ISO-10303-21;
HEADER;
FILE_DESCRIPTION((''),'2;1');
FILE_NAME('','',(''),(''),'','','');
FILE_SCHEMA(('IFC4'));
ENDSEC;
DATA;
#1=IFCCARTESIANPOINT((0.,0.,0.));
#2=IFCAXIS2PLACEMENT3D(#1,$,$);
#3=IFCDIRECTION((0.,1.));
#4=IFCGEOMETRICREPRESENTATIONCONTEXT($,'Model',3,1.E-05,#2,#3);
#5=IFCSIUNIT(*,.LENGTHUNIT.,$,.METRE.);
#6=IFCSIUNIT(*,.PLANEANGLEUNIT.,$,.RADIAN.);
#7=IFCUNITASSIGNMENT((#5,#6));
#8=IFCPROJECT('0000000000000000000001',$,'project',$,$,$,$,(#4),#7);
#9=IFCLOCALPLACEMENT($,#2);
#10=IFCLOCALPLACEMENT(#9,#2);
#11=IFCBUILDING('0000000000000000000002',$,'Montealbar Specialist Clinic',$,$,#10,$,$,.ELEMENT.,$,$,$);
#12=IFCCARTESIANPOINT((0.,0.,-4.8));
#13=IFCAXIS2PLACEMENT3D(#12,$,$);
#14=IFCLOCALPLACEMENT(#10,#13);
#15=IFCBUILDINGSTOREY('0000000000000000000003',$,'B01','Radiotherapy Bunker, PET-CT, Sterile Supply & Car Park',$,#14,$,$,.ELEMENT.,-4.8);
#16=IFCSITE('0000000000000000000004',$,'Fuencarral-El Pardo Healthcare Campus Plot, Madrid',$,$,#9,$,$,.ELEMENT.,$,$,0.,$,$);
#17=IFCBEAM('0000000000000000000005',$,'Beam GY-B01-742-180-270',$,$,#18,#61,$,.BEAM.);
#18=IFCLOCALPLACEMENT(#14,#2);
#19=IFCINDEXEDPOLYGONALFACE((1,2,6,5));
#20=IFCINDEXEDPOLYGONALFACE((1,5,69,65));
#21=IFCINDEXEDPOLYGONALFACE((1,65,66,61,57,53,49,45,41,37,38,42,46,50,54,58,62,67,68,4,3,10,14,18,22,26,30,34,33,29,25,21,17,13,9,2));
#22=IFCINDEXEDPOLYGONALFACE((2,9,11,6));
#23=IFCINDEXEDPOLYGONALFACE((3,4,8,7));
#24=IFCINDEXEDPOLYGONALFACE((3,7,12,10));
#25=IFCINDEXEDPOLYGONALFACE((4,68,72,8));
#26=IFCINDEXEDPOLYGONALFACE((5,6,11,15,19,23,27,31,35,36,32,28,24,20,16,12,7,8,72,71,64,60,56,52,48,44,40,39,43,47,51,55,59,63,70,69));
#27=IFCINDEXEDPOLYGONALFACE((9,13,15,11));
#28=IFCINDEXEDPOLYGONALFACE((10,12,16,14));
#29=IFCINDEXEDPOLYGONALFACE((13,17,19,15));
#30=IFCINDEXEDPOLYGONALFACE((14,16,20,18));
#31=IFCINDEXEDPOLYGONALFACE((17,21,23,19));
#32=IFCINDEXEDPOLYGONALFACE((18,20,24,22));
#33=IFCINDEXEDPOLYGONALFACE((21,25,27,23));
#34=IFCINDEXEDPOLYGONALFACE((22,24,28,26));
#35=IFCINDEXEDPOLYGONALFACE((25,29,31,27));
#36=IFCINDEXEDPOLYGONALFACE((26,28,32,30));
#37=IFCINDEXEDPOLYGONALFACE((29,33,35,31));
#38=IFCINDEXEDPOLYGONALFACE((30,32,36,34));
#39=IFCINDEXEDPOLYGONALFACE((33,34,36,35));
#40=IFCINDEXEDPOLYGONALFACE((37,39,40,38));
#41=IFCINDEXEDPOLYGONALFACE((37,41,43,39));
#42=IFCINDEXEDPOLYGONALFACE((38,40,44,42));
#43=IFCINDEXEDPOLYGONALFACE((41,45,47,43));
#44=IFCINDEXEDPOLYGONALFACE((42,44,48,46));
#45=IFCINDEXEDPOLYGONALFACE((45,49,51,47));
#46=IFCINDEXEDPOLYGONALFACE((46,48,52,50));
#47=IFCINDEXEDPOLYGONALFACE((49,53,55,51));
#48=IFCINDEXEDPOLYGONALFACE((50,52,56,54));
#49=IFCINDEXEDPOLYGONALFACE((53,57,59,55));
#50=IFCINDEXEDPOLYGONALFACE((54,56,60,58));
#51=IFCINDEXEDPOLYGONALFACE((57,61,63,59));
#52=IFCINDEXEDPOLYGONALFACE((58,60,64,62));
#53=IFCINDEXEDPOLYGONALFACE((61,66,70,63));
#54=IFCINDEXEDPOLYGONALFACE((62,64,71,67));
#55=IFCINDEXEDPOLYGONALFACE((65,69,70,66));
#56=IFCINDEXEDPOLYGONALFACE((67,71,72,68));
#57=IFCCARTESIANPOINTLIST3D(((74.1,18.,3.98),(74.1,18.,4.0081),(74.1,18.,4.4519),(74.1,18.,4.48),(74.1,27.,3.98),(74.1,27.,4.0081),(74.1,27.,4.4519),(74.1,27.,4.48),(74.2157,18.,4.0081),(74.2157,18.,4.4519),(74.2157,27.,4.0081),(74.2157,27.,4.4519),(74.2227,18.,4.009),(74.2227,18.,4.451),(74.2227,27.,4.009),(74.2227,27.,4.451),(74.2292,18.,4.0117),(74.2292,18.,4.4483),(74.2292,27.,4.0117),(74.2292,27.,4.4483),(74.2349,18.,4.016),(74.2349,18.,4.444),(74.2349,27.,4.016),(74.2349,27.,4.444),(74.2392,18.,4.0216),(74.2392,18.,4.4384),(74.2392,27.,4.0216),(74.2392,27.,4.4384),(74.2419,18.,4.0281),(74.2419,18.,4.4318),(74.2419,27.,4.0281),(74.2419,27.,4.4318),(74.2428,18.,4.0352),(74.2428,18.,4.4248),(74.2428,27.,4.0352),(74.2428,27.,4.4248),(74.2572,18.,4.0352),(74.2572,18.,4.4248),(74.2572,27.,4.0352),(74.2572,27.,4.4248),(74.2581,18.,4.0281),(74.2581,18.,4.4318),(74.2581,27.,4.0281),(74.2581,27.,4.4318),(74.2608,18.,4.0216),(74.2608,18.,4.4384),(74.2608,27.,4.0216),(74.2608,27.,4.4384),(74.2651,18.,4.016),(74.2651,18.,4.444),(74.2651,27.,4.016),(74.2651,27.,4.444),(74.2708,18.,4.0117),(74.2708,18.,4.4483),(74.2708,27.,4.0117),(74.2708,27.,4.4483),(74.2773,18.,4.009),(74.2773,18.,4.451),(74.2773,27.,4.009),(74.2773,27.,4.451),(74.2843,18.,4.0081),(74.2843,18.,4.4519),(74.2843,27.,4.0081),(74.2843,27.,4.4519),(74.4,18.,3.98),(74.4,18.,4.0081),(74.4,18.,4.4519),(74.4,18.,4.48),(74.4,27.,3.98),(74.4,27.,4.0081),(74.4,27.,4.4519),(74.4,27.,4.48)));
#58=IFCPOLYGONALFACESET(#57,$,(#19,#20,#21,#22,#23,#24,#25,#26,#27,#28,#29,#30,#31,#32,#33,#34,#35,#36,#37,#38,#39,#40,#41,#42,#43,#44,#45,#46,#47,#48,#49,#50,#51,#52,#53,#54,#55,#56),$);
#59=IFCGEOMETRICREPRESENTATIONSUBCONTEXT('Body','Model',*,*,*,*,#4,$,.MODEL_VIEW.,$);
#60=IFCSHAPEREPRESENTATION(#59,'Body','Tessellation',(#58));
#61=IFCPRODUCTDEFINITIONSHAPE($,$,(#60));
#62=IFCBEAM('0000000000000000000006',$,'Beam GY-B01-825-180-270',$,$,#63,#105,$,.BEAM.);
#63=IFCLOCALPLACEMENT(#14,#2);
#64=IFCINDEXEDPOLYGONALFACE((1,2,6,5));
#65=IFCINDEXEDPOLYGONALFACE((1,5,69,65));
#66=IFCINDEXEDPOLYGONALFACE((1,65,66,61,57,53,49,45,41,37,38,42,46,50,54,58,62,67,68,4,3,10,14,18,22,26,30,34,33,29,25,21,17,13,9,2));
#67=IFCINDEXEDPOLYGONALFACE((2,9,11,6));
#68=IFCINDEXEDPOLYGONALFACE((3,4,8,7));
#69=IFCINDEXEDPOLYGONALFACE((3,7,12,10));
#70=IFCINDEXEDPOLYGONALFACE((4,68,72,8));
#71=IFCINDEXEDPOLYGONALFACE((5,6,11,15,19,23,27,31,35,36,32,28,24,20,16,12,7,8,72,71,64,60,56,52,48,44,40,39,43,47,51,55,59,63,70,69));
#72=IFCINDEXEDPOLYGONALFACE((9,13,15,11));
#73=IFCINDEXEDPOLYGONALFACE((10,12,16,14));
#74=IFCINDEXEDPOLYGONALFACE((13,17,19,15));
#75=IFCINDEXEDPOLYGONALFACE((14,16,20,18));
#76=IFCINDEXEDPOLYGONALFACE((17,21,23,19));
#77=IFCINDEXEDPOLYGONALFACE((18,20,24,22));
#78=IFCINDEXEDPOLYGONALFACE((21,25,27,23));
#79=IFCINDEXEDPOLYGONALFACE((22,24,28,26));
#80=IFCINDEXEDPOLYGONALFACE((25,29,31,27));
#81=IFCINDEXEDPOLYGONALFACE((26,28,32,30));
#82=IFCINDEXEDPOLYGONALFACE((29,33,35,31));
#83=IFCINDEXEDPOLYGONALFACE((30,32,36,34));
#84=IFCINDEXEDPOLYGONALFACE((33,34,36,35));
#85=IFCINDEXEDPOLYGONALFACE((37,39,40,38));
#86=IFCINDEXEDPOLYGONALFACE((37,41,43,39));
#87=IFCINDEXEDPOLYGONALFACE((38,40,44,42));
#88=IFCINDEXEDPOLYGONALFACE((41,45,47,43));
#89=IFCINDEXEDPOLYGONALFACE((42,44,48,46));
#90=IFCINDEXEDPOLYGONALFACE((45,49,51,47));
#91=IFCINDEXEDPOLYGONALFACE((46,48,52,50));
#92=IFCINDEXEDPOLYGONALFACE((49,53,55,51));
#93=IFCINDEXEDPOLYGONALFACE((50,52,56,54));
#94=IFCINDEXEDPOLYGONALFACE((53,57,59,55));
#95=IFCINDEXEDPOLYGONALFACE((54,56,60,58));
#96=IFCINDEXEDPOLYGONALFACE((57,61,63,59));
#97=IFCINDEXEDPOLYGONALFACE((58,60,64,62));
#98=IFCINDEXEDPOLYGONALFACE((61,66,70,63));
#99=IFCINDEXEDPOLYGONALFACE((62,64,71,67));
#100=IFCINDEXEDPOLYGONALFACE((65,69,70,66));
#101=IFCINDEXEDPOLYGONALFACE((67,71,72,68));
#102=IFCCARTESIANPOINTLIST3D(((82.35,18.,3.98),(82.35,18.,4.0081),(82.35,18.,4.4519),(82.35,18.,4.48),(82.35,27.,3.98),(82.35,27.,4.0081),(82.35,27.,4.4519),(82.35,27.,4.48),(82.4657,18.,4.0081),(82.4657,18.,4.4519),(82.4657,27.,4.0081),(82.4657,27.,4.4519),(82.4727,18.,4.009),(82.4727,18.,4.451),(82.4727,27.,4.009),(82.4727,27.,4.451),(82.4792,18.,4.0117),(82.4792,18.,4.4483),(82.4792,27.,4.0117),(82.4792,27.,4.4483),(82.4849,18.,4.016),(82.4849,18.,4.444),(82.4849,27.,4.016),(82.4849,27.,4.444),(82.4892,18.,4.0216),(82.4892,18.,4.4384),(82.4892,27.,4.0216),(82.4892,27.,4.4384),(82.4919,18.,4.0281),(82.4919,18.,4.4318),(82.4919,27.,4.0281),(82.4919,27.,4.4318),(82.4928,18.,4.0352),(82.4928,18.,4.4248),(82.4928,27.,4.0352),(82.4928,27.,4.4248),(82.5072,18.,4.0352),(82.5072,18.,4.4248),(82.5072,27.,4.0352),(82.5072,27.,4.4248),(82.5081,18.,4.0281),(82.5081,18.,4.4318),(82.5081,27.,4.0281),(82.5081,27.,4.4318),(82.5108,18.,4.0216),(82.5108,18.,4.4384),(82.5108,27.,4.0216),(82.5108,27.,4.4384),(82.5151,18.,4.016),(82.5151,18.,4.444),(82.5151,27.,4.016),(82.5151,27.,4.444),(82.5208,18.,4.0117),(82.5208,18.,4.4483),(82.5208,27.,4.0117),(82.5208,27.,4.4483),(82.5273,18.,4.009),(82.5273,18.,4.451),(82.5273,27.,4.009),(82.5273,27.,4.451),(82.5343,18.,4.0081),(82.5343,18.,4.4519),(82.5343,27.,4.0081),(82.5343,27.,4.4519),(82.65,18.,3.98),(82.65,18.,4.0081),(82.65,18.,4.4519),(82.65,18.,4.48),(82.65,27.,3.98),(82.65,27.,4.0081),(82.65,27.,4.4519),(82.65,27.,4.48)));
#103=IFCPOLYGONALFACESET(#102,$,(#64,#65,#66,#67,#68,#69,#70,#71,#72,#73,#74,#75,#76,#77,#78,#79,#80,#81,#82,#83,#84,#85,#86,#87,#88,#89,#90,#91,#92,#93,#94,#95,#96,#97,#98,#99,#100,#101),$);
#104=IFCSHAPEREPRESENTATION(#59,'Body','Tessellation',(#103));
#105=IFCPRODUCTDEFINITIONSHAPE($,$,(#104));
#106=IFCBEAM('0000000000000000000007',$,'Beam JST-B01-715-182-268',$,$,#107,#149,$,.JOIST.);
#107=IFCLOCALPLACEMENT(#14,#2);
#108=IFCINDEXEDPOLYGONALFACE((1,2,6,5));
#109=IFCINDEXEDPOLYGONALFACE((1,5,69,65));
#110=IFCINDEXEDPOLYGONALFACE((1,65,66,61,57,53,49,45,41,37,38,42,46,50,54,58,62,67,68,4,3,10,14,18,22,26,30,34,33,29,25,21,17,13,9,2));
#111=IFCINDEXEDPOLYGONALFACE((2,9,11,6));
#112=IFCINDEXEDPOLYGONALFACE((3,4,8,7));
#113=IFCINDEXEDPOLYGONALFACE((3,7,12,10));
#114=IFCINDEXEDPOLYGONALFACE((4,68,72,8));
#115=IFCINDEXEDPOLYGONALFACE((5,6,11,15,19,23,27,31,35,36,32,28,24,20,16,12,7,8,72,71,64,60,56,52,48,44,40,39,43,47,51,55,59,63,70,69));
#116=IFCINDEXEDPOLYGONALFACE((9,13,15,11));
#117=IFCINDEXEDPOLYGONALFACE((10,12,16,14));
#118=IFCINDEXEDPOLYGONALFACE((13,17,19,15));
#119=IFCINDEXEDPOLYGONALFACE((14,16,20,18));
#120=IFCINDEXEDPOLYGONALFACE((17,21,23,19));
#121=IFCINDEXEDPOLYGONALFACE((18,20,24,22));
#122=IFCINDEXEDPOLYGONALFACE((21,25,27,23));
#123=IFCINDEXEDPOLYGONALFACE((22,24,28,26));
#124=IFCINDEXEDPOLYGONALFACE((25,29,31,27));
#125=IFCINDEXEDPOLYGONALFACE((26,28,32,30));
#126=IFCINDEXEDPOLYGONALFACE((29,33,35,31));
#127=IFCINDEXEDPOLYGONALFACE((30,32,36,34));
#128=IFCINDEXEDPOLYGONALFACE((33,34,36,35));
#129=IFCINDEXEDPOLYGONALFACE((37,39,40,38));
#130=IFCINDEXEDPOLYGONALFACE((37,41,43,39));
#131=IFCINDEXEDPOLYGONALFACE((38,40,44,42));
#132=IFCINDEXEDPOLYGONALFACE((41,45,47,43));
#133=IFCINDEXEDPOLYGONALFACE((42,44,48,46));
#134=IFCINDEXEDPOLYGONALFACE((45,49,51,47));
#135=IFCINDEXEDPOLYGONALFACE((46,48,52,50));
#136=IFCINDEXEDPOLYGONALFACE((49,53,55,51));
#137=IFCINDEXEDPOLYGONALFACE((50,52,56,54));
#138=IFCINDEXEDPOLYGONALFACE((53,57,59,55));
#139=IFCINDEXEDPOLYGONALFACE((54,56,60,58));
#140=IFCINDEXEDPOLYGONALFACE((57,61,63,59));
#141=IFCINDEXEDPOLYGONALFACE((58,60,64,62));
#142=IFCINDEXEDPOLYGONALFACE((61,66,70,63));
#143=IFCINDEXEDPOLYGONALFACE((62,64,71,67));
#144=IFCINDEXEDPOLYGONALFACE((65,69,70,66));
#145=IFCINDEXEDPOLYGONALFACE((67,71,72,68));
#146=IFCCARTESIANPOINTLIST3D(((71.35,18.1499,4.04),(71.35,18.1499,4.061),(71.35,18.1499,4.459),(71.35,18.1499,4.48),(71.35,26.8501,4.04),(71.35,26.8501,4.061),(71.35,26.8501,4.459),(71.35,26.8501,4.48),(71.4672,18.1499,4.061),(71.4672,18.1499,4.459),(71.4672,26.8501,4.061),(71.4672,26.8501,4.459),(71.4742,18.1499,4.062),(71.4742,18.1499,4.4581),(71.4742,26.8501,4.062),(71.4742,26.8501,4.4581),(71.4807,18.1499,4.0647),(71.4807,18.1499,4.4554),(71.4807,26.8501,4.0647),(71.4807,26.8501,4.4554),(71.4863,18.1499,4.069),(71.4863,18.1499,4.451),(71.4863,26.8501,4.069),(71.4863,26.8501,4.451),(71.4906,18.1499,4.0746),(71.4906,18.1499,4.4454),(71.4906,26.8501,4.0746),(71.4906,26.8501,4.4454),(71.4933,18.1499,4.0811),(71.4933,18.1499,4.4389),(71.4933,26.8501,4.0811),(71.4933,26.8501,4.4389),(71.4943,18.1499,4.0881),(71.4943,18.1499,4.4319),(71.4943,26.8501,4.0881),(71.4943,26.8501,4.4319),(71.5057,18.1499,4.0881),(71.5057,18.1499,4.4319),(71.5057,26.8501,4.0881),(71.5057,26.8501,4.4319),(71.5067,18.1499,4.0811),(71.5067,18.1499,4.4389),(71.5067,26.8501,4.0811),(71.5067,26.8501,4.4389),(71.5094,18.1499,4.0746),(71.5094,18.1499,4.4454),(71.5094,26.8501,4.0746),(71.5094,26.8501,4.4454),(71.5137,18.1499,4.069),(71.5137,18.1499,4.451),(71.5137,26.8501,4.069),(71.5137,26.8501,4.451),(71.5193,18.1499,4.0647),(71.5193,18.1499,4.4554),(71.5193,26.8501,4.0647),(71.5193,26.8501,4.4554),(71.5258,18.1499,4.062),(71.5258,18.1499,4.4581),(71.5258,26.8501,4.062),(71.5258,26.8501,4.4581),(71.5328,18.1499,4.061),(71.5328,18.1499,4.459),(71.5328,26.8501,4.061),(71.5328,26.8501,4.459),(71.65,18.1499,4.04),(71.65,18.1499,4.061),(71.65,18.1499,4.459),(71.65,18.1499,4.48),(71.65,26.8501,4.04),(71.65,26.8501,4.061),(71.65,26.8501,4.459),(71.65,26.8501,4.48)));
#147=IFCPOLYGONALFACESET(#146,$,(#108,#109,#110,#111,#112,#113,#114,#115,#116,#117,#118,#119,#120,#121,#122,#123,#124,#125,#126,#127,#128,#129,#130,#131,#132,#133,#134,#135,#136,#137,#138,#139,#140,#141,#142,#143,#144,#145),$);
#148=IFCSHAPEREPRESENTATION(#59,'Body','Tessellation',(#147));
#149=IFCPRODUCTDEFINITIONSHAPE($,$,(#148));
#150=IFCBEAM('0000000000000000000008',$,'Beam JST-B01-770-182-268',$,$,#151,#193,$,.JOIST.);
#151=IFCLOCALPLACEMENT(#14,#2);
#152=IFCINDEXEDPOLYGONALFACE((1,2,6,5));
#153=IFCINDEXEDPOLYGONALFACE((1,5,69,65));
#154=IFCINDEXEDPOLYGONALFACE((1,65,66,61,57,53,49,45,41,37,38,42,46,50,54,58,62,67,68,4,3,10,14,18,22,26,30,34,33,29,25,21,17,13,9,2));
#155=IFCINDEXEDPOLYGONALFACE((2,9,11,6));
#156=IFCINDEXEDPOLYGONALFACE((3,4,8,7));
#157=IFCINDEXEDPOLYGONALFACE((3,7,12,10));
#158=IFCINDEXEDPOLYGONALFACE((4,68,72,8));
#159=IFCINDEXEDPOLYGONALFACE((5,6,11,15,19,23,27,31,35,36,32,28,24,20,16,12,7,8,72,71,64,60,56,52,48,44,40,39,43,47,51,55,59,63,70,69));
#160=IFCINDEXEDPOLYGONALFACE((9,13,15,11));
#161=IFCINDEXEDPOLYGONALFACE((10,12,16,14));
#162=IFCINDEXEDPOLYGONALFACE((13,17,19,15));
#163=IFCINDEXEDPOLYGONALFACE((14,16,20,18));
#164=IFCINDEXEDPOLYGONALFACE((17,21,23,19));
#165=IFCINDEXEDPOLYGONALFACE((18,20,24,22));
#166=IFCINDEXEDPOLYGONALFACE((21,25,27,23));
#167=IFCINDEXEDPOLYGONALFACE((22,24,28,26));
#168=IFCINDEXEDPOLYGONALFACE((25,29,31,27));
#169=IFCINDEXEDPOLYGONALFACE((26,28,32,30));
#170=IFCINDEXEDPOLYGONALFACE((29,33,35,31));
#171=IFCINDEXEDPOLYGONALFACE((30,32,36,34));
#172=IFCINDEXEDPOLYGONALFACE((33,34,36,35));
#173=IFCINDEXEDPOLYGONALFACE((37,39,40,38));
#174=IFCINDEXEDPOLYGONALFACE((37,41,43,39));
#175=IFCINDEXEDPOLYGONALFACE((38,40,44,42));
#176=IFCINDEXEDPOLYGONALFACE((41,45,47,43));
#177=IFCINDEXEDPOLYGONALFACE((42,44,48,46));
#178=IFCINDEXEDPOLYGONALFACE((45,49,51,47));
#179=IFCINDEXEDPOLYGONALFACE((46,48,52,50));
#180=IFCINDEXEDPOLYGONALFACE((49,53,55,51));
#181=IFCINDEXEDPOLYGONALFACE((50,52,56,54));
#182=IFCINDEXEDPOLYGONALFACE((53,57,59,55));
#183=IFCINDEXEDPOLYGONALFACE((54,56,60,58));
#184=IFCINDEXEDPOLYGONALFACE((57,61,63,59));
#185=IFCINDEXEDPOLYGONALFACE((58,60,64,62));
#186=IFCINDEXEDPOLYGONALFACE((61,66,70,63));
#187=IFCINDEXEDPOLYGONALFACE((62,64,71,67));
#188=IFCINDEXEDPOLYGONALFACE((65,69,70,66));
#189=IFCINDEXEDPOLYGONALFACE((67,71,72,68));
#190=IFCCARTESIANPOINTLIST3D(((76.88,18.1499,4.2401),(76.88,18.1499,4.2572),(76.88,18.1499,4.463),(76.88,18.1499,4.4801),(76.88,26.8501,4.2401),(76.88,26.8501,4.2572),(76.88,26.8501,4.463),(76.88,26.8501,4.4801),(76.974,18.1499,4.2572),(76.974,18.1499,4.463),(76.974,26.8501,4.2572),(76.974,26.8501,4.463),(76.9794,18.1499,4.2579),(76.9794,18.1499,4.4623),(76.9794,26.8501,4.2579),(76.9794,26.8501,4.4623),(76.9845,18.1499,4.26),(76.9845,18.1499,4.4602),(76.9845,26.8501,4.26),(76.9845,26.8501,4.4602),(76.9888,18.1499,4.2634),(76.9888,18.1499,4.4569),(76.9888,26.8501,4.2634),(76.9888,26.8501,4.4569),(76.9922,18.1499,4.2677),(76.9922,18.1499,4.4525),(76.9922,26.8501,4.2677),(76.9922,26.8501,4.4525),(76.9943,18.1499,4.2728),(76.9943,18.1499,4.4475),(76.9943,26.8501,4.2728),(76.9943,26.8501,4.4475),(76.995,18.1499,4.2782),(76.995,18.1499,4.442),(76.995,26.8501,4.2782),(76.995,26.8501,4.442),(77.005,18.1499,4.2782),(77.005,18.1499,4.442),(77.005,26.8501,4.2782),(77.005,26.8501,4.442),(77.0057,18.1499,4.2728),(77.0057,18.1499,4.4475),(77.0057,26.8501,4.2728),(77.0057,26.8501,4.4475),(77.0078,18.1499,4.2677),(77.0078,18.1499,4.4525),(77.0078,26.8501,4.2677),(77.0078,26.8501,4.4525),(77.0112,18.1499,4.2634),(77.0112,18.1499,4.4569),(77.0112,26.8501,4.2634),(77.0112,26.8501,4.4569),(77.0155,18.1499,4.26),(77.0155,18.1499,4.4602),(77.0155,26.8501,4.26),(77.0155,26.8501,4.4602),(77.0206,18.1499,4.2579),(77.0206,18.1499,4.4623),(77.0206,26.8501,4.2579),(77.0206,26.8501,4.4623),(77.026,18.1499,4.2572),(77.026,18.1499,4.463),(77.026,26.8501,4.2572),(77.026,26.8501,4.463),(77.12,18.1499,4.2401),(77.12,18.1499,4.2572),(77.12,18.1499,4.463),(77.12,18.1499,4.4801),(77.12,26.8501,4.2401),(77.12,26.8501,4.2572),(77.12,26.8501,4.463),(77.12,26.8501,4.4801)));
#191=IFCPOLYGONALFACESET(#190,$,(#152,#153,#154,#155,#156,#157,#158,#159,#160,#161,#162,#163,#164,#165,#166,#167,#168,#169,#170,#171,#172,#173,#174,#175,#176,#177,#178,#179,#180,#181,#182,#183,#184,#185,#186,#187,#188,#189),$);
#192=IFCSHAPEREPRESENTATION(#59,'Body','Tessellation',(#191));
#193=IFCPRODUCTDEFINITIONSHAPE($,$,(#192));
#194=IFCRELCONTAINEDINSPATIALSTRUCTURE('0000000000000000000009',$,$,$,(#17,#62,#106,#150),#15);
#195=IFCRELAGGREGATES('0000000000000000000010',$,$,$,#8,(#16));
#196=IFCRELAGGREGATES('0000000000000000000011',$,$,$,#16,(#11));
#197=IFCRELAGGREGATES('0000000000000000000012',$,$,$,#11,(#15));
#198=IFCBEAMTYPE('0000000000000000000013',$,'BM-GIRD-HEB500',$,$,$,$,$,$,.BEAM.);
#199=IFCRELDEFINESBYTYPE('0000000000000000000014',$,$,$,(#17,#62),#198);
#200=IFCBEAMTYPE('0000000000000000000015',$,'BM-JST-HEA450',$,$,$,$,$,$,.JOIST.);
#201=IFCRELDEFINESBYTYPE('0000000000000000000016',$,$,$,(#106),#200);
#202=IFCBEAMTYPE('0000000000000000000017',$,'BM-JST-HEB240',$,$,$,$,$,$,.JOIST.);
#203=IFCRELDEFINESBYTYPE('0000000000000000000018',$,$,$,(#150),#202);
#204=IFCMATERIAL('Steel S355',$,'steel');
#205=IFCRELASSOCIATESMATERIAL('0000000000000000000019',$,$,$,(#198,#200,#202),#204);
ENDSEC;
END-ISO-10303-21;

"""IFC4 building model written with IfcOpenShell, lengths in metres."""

from ifc_helpers import new_model, si_unit, direction, frame, origin, origin_2d, place, context, subcontext, project, spatial, i_section, extrude, material, material_profile, profile_set, type_object, element, save


model = new_model("IFC4")

# Units and contexts
model_context = context("Model", 3, precision=1e-05, world=origin(), true_north=direction((0.0, 1.0)))
body_context = subcontext(model_context, "Body", "Model", "MODEL_VIEW")
ifc_project = project(units=[si_unit("LENGTHUNIT", "METRE"), si_unit("PLANEANGLEUNIT", "RADIAN")], contexts=[model_context])

# Site, building, storey
site_placement = place(None, origin())
site = spatial("IfcSite", under=ifc_project, at=site_placement, Name="Fuencarral-El Pardo Healthcare Campus Plot, Madrid", CompositionType="ELEMENT", RefElevation=0.0)
building_placement = place(site_placement, origin())
building = spatial("IfcBuilding", under=site, at=building_placement, Name="Montealbar Specialist Clinic", CompositionType="ELEMENT")
storey_placement = place(building_placement, frame((0.0, 0.0, -4.8)))
storey = spatial("IfcBuildingStorey", under=building, at=storey_placement, Name="B01", Description="Radiotherapy Bunker, PET-CT, Sterile Supply & Car Park", CompositionType="ELEMENT", Elevation=-4.8)

# Shared definitions
ifc_material_1 = material(Name="Steel S355", Category="steel")

# Beams
ifc_material_profile_1 = material_profile(ifc_material_1, i_section(OverallWidth=0.3, OverallDepth=0.5, WebThickness=0.0144, FlangeThickness=0.0281, FilletRadius=0.0271, at=origin_2d()), Name="HEB 500", Category="steel")
ifc_profile_set_1 = profile_set([ifc_material_profile_1], Name="Steel S355")
beam_type_1 = type_object("IfcBeamType", Name="BM-GIRD-HEB500", PredefinedType="BEAM", material=ifc_profile_set_1)
for number, where, z_axis, x_axis, name in (
    (1, (74.25, 18.0, 4.23), (0.0, 1.0, 0.0), (-1.0, 0.0, 0.0), "Beam GY-B01-742-180-270"),
    (2, (82.5, 18.0, 4.23), (0.0, 1.0, 0.0), (-1.0, 0.0, 0.0), "Beam GY-B01-825-180-270"),
):
    element("IfcBeam", number, at=place(storey_placement, frame(where, z_axis=z_axis, x_axis=x_axis)), inside=storey, type_object=beam_type_1, Name=name, PredefinedType="BEAM", context=body_context, shape_type="SweptSolid", body=[
        extrude(i_section(OverallWidth=0.3, OverallDepth=0.5, WebThickness=0.0144, FlangeThickness=0.0281, FilletRadius=0.0271, at=origin_2d()), origin(), (0.0, 0.0, 1.0), 9.0),
    ])
ifc_material_profile_2 = material_profile(ifc_material_1, i_section(OverallWidth=0.3, OverallDepth=0.4399, WebThickness=0.0115, FlangeThickness=0.021, FilletRadius=0.0271, at=origin_2d()), Name="HEA 450", Category="steel")
ifc_profile_set_2 = profile_set([ifc_material_profile_2], Name="Steel S355")
beam_type_2 = type_object("IfcBeamType", Name="BM-JST-HEA450", PredefinedType="JOIST", material=ifc_profile_set_2)
beam_1_placement = place(storey_placement, frame((71.5, 18.1499, 4.26), z_axis=(0.0, 1.0, 0.0), x_axis=(-1.0, 0.0, 0.0)))
element("IfcBeam", 3, at=beam_1_placement, inside=storey, type_object=beam_type_2, Name="Beam JST-B01-715-182-268", PredefinedType="JOIST", context=body_context, shape_type="SweptSolid", body=[
    extrude(i_section(OverallWidth=0.3, OverallDepth=0.4399, WebThickness=0.0115, FlangeThickness=0.021, FilletRadius=0.0271, at=origin_2d()), origin(), (0.0, 0.0, 1.0), 8.7002),
])
ifc_material_profile_3 = material_profile(ifc_material_1, i_section(OverallWidth=0.24, OverallDepth=0.24, WebThickness=0.01, FlangeThickness=0.0171, FilletRadius=0.021, at=origin_2d()), Name="HEB 240", Category="steel")
ifc_profile_set_3 = profile_set([ifc_material_profile_3], Name="Steel S355")
beam_type_3 = type_object("IfcBeamType", Name="BM-JST-HEB240", PredefinedType="JOIST", material=ifc_profile_set_3)
beam_2_placement = place(storey_placement, frame((77.0, 18.1499, 4.3601), z_axis=(0.0, 1.0, 0.0), x_axis=(-1.0, 0.0, 0.0)))
element("IfcBeam", 4, at=beam_2_placement, inside=storey, type_object=beam_type_3, Name="Beam JST-B01-770-182-268", PredefinedType="JOIST", context=body_context, shape_type="SweptSolid", body=[
    extrude(i_section(OverallWidth=0.24, OverallDepth=0.24, WebThickness=0.01, FlangeThickness=0.0171, FilletRadius=0.021, at=origin_2d()), origin(), (0.0, 0.0, 1.0), 8.7002),
])

save(model, "model.ifc")
